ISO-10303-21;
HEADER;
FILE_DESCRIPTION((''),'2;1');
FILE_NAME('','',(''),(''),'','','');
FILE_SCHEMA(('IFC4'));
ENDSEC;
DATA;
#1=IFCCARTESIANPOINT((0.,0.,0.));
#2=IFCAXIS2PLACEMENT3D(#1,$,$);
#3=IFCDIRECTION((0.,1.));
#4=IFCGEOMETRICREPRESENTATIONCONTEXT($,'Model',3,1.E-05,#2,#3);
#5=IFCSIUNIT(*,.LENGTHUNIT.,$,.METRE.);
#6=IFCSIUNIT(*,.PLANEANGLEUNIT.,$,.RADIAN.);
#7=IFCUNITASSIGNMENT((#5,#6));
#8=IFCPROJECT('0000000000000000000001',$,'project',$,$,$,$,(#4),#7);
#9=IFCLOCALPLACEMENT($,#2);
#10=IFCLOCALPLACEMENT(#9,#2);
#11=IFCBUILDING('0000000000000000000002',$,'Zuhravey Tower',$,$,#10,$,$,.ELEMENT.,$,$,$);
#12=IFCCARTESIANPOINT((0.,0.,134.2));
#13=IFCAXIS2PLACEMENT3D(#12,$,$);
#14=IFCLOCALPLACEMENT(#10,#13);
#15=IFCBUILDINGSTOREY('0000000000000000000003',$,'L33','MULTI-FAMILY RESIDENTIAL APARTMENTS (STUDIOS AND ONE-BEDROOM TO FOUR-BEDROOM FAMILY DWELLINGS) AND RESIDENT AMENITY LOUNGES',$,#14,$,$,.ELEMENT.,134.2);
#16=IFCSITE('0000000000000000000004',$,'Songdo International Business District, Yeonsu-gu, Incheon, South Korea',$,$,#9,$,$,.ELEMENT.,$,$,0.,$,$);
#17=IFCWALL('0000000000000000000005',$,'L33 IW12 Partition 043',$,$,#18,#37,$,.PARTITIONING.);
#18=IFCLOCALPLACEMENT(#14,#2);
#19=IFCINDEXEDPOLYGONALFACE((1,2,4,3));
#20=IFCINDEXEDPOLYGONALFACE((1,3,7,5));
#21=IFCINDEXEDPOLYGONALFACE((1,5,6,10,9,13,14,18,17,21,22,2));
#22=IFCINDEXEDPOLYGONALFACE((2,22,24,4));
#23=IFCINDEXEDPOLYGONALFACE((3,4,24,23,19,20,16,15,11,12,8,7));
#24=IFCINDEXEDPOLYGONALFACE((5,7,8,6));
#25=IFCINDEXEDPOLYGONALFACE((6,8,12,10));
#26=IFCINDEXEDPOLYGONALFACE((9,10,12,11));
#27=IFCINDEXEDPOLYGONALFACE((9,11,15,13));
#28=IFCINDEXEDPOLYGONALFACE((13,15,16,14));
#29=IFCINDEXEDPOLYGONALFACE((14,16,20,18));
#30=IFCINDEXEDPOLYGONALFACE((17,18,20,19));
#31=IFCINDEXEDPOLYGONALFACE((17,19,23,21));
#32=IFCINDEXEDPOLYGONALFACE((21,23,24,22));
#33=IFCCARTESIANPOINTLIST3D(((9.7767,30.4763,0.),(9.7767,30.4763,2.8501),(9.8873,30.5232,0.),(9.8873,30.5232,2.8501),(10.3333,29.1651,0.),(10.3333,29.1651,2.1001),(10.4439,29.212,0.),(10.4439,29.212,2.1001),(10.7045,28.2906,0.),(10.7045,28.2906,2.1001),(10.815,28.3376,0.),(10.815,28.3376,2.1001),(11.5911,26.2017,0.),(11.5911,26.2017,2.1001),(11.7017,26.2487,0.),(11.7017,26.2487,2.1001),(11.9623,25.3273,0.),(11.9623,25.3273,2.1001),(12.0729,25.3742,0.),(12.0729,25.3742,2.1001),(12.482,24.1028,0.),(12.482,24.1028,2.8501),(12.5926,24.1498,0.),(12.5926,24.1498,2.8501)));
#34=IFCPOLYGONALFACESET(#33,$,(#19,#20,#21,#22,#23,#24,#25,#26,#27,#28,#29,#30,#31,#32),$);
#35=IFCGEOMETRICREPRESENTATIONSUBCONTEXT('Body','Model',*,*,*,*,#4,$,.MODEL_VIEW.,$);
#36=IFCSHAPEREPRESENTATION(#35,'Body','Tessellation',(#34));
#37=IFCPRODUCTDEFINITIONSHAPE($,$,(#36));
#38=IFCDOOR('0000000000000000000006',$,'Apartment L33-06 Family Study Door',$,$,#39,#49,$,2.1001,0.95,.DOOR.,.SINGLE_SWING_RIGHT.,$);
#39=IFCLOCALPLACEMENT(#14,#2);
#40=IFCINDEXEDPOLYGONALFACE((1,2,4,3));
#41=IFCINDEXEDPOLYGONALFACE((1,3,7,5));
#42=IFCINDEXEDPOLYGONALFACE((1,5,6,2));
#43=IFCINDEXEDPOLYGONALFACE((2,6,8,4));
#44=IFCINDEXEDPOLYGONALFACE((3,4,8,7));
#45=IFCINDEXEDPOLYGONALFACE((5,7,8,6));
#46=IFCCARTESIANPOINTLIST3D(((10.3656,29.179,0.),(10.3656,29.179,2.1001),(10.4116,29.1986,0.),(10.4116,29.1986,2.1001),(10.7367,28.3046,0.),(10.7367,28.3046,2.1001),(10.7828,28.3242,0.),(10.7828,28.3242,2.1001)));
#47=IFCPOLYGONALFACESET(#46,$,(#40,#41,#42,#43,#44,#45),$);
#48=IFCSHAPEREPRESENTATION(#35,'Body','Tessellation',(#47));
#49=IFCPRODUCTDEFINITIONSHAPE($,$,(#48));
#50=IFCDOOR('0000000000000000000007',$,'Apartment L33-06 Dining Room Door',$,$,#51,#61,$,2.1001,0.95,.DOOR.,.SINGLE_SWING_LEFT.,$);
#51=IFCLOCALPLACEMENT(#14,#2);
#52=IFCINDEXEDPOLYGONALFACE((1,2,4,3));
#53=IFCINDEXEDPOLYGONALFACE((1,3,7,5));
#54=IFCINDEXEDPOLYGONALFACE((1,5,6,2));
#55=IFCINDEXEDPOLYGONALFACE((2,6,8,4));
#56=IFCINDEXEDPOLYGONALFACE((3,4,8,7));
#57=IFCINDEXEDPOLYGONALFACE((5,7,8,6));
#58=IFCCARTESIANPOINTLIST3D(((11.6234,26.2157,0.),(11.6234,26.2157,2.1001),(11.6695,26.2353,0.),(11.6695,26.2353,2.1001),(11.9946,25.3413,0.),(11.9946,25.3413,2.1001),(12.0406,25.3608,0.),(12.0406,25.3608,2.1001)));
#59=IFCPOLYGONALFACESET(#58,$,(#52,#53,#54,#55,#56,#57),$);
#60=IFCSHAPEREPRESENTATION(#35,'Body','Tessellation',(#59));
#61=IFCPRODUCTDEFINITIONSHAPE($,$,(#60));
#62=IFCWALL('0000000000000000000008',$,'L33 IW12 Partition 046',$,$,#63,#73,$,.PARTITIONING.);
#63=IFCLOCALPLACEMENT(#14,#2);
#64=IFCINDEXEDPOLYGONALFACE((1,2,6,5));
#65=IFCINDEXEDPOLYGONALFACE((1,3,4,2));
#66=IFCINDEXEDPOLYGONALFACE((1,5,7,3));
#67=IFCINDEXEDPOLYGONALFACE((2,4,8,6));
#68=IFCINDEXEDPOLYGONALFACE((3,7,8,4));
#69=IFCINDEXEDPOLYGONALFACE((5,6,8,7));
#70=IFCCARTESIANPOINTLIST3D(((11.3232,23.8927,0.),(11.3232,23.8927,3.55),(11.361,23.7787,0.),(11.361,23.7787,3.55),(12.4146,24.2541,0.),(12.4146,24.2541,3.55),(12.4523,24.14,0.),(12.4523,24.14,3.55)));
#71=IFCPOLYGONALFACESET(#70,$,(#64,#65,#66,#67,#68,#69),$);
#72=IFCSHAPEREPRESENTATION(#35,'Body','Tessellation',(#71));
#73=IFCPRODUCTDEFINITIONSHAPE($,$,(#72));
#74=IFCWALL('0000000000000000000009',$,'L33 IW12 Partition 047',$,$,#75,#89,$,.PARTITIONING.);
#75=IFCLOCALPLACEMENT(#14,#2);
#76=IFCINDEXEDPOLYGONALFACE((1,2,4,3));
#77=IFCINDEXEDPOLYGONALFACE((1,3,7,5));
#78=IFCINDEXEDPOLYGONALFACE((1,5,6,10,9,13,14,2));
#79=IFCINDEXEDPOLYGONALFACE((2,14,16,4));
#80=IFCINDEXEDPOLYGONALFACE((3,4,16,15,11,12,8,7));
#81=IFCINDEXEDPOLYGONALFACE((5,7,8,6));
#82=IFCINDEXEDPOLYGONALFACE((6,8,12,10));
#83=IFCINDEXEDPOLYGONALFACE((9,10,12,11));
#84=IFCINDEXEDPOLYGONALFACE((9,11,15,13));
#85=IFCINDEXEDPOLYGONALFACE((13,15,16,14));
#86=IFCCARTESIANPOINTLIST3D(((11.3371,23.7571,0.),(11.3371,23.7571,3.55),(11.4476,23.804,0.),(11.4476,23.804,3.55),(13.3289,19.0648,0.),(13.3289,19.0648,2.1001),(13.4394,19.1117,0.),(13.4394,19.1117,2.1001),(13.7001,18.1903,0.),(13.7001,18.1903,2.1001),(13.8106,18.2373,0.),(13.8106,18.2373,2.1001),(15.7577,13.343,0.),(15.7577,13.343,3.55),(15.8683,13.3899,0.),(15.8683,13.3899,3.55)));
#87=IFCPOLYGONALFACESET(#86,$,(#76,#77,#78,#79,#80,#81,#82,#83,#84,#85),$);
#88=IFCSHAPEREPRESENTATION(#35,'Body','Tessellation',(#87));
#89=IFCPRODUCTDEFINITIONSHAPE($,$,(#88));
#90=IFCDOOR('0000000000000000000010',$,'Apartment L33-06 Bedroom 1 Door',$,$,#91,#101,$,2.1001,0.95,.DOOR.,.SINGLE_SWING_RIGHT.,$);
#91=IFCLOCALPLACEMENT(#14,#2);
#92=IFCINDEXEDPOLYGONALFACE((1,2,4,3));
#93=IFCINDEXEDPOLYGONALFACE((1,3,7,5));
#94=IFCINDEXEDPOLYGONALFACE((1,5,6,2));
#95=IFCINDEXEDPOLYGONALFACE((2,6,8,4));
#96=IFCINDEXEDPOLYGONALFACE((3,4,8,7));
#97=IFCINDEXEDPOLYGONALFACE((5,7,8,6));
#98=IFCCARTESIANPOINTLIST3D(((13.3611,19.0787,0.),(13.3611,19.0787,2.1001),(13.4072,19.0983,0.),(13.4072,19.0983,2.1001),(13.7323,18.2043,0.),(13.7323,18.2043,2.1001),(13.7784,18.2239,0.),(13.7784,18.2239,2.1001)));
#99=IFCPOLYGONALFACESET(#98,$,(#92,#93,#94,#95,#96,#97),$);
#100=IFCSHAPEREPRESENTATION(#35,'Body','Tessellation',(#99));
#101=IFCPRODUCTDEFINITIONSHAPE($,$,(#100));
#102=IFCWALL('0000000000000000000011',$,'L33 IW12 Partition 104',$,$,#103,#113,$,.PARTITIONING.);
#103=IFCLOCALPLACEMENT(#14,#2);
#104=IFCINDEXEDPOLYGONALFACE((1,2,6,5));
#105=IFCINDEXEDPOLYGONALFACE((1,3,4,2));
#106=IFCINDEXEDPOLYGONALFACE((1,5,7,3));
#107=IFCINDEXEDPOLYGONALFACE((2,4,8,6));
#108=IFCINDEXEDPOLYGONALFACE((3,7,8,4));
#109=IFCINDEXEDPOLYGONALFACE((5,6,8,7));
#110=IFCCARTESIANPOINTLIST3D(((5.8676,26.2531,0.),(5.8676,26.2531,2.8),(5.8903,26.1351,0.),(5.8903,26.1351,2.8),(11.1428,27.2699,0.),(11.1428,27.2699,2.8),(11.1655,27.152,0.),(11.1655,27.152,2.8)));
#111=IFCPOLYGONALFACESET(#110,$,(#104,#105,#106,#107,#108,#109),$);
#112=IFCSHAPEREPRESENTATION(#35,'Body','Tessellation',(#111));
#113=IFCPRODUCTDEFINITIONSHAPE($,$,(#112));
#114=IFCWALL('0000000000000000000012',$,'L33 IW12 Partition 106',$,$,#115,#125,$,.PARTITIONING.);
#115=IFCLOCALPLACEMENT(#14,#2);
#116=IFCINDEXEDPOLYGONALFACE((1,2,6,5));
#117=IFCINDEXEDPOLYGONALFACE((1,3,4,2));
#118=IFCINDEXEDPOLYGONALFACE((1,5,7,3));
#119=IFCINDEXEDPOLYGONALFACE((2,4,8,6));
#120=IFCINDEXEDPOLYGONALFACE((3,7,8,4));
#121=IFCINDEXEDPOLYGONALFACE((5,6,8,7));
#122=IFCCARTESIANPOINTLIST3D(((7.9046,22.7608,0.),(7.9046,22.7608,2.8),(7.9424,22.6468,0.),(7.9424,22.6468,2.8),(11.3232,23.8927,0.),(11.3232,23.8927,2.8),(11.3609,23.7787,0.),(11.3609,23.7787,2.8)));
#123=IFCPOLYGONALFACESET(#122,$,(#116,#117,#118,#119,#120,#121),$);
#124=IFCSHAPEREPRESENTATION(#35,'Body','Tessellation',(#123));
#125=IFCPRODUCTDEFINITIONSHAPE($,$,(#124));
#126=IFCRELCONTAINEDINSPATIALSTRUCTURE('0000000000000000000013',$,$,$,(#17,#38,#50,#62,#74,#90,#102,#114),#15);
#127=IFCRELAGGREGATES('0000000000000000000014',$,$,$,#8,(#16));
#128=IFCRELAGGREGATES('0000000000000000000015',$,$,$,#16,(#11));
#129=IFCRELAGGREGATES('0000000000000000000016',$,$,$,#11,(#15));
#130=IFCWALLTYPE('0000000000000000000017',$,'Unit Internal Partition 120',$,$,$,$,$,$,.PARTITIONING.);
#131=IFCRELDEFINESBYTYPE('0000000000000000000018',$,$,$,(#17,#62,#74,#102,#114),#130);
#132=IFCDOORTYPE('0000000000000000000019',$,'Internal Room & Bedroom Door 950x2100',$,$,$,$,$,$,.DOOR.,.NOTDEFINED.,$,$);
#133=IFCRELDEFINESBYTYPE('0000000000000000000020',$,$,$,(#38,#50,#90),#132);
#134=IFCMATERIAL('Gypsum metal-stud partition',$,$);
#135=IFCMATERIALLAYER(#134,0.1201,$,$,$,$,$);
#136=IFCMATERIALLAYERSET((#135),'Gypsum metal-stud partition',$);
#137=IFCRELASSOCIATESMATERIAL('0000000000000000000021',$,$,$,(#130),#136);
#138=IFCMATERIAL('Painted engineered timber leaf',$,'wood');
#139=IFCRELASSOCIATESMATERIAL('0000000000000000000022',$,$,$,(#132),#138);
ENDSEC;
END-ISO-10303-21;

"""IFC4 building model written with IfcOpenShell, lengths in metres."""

from ifc_helpers import new_model, si_unit, direction, frame, frame_2d, origin, place, context, subcontext, project, spatial, rectangle, extrude, material, layer, layer_set, type_object, element, fill, save


model = new_model("IFC4")

# Units and contexts
model_context = context("Model", 3, precision=1e-05, world=origin(), true_north=direction((0.0, 1.0)))
body_context = subcontext(model_context, "Body", "Model", "MODEL_VIEW")
ifc_project = project(units=[si_unit("LENGTHUNIT", "METRE"), si_unit("PLANEANGLEUNIT", "RADIAN")], contexts=[model_context])

# Site, building, storey
site_placement = place(None, origin())
site = spatial("IfcSite", under=ifc_project, at=site_placement, Name="Songdo International Business District, Yeonsu-gu, Incheon, South Korea", CompositionType="ELEMENT", RefElevation=0.0)
building_placement = place(site_placement, origin())
building = spatial("IfcBuilding", under=site, at=building_placement, Name="Zuhravey Tower", CompositionType="ELEMENT")
storey_placement = place(building_placement, frame((0.0, 0.0, 134.2)))
storey = spatial("IfcBuildingStorey", under=building, at=storey_placement, Name="L33", Description="MULTI-FAMILY RESIDENTIAL APARTMENTS (STUDIOS AND ONE-BEDROOM TO FOUR-BEDROOM FAMILY DWELLINGS) AND RESIDENT AMENITY LOUNGES", CompositionType="ELEMENT", Elevation=134.2)

# Wall, openings, doors
ifc_material_1 = material(Name="Gypsum metal-stud partition")
ifc_layer_1 = layer(ifc_material_1, 0.1201)
ifc_layer_set_1 = layer_set([ifc_layer_1], Name="Gypsum metal-stud partition")
wall_type_1 = type_object("IfcWallType", Name="Unit Internal Partition 120", PredefinedType="PARTITIONING", material=ifc_layer_set_1)
wall_1_placement = place(storey_placement, frame((9.832, 30.4998, 0.0), z_axis=(0.0, 0.0, 1.0), x_axis=(0.390721, -0.920509, 0.0)))
wall_1 = element("IfcWall", 1, at=wall_1_placement, inside=storey, type_object=wall_type_1, Name="L33 IW12 Partition 043", PredefinedType="PARTITIONING", context=body_context, shape_type="SweptSolid", body=[
    extrude(rectangle(XDim=6.9238, YDim=0.1201, at=frame_2d((3.4619, 0.0))), origin(), (0.0, 0.0, 1.0), 2.8501),
])
opening_1_placement = place(wall_1_placement, frame((1.4243, 0.0, 0.0)))
opening_1 = element("IfcOpeningElement", 2, at=opening_1_placement, cuts=wall_1, PredefinedType="OPENING", context=body_context, shape_type="SweptSolid", body=[
    extrude(rectangle(XDim=0.95, YDim=2.1001, at=frame_2d((0.4751, 1.05))), frame((0.0, 0.072, 0.0), z_axis=(0.0, -1.0, 0.0), x_axis=(1.0, 0.0, 0.0)), (0.0, 0.0, 1.0), 0.144),
])
opening_2_placement = place(wall_1_placement, frame((4.6436, 0.0, 0.0)))
opening_2 = element("IfcOpeningElement", 3, at=opening_2_placement, cuts=wall_1, PredefinedType="OPENING", context=body_context, shape_type="SweptSolid", body=[
    extrude(rectangle(XDim=0.95, YDim=2.1001, at=frame_2d((0.4751, 1.05))), frame((0.0, 0.072, 0.0), z_axis=(0.0, -1.0, 0.0), x_axis=(1.0, 0.0, 0.0)), (0.0, 0.0, 1.0), 0.144),
])
ifc_material_2 = material(Name="Painted engineered timber leaf", Category="wood")
door_type_1 = type_object("IfcDoorType", Name="Internal Room & Bedroom Door 950x2100", OperationType="NOTDEFINED", PredefinedType="DOOR", material=ifc_material_2)
door_1_placement = place(opening_1_placement, frame((0.95, 0.0, 0.0), z_axis=(0.0, 0.0, 1.0), x_axis=(-1.0, 0.0, 0.0)))
door_1 = element("IfcDoor", 4, at=door_1_placement, inside=storey, type_object=door_type_1, Name="Apartment L33-06 Family Study Door", OperationType="SINGLE_SWING_RIGHT", OverallHeight=2.1001, OverallWidth=0.95, PredefinedType="DOOR", context=body_context, shape_type="SweptSolid", body=[
    extrude(rectangle(XDim=0.95, YDim=2.1001, at=frame_2d((0.4751, 1.05))), frame((0.0, 0.0249, 0.0), z_axis=(0.0, -1.0, 0.0), x_axis=(1.0, 0.0, 0.0)), (0.0, 0.0, 1.0), 0.05),
])
fill(opening_1, door_1)
door_2_placement = place(opening_2_placement, frame((0.95, 0.0, 0.0), z_axis=(0.0, 0.0, 1.0), x_axis=(-1.0, 0.0, 0.0)))
door_2 = element("IfcDoor", 5, at=door_2_placement, inside=storey, type_object=door_type_1, Name="Apartment L33-06 Dining Room Door", OperationType="SINGLE_SWING_LEFT", OverallHeight=2.1001, OverallWidth=0.95, PredefinedType="DOOR", context=body_context, shape_type="SweptSolid", body=[
    extrude(rectangle(XDim=0.95, YDim=2.1001, at=frame_2d((0.4751, 1.05))), frame((0.0, 0.0249, 0.0), z_axis=(0.0, -1.0, 0.0), x_axis=(1.0, 0.0, 0.0)), (0.0, 0.0, 1.0), 0.05),
])
fill(opening_2, door_2)

# Wall
wall_2_placement = place(storey_placement, frame((12.4333, 24.197, 0.0), z_axis=(0.0, 0.0, 1.0), x_axis=(-0.949318, -0.314316, 0.0)))
element("IfcWall", 6, at=wall_2_placement, inside=storey, type_object=wall_type_1, Name="L33 IW12 Partition 046", PredefinedType="PARTITIONING", context=body_context, shape_type="SweptSolid", body=[
    extrude(rectangle(XDim=1.1497, YDim=0.1201, at=frame_2d((0.5747, 0.0))), origin(), (0.0, 0.0, 1.0), 3.55),
])

# Wall, opening, door
wall_3_placement = place(storey_placement, frame((11.3923, 23.7805, 0.0), z_axis=(0.0, 0.0, 1.0), x_axis=(0.390742, -0.9205, 0.0)))
wall_3 = element("IfcWall", 7, at=wall_3_placement, inside=storey, type_object=wall_type_1, Name="L33 IW12 Partition 047", PredefinedType="PARTITIONING", context=body_context, shape_type="SweptSolid", body=[
    extrude(rectangle(XDim=11.3135, YDim=0.1201, at=frame_2d((5.6567, 0.0))), origin(), (0.0, 0.0, 1.0), 3.55),
])
opening_3_placement = place(wall_3_placement, frame((5.0974, 0.0, 0.0)))
opening_3 = element("IfcOpeningElement", 8, at=opening_3_placement, cuts=wall_3, PredefinedType="OPENING", context=body_context, shape_type="SweptSolid", body=[
    extrude(rectangle(XDim=0.95, YDim=2.1001, at=frame_2d((0.4751, 1.05))), frame((0.0, 0.072, 0.0), z_axis=(0.0, -1.0, 0.0), x_axis=(1.0, 0.0, 0.0)), (0.0, 0.0, 1.0), 0.144),
])
door_3_placement = place(opening_3_placement, frame((0.95, 0.0, 0.0), z_axis=(0.0, 0.0, 1.0), x_axis=(-1.0, 0.0, 0.0)))
door_3 = element("IfcDoor", 9, at=door_3_placement, inside=storey, type_object=door_type_1, Name="Apartment L33-06 Bedroom 1 Door", OperationType="SINGLE_SWING_RIGHT", OverallHeight=2.1001, OverallWidth=0.95, PredefinedType="DOOR", context=body_context, shape_type="SweptSolid", body=[
    extrude(rectangle(XDim=0.95, YDim=2.1001, at=frame_2d((0.4751, 1.05))), frame((0.0, 0.0249, 0.0), z_axis=(0.0, -1.0, 0.0), x_axis=(1.0, 0.0, 0.0)), (0.0, 0.0, 1.0), 0.05),
])
fill(opening_3, door_3)

# Walls
wall_4_placement = place(storey_placement, frame((11.1541, 27.2109, 0.0), z_axis=(0.0, 0.0, 1.0), x_axis=(-0.981924, -0.189277, 0.0)))
element("IfcWall", 10, at=wall_4_placement, inside=storey, type_object=wall_type_1, Name="L33 IW12 Partition 104", PredefinedType="PARTITIONING", context=body_context, shape_type="SweptSolid", body=[
    extrude(rectangle(XDim=5.3723, YDim=0.1201, at=frame_2d((2.686, 0.0))), origin(), (0.0, 0.0, 1.0), 2.8),
])
wall_5_placement = place(storey_placement, frame((11.342, 23.8357, 0.0), z_axis=(0.0, 0.0, 1.0), x_axis=(-0.949319, -0.314315, 0.0)))
element("IfcWall", 11, at=wall_5_placement, inside=storey, type_object=wall_type_1, Name="L33 IW12 Partition 106", PredefinedType="PARTITIONING", context=body_context, shape_type="SweptSolid", body=[
    extrude(rectangle(XDim=3.6011, YDim=0.1201, at=frame_2d((1.8005, 0.0))), origin(), (0.0, 0.0, 1.0), 2.8),
])

save(model, "model.ifc")
